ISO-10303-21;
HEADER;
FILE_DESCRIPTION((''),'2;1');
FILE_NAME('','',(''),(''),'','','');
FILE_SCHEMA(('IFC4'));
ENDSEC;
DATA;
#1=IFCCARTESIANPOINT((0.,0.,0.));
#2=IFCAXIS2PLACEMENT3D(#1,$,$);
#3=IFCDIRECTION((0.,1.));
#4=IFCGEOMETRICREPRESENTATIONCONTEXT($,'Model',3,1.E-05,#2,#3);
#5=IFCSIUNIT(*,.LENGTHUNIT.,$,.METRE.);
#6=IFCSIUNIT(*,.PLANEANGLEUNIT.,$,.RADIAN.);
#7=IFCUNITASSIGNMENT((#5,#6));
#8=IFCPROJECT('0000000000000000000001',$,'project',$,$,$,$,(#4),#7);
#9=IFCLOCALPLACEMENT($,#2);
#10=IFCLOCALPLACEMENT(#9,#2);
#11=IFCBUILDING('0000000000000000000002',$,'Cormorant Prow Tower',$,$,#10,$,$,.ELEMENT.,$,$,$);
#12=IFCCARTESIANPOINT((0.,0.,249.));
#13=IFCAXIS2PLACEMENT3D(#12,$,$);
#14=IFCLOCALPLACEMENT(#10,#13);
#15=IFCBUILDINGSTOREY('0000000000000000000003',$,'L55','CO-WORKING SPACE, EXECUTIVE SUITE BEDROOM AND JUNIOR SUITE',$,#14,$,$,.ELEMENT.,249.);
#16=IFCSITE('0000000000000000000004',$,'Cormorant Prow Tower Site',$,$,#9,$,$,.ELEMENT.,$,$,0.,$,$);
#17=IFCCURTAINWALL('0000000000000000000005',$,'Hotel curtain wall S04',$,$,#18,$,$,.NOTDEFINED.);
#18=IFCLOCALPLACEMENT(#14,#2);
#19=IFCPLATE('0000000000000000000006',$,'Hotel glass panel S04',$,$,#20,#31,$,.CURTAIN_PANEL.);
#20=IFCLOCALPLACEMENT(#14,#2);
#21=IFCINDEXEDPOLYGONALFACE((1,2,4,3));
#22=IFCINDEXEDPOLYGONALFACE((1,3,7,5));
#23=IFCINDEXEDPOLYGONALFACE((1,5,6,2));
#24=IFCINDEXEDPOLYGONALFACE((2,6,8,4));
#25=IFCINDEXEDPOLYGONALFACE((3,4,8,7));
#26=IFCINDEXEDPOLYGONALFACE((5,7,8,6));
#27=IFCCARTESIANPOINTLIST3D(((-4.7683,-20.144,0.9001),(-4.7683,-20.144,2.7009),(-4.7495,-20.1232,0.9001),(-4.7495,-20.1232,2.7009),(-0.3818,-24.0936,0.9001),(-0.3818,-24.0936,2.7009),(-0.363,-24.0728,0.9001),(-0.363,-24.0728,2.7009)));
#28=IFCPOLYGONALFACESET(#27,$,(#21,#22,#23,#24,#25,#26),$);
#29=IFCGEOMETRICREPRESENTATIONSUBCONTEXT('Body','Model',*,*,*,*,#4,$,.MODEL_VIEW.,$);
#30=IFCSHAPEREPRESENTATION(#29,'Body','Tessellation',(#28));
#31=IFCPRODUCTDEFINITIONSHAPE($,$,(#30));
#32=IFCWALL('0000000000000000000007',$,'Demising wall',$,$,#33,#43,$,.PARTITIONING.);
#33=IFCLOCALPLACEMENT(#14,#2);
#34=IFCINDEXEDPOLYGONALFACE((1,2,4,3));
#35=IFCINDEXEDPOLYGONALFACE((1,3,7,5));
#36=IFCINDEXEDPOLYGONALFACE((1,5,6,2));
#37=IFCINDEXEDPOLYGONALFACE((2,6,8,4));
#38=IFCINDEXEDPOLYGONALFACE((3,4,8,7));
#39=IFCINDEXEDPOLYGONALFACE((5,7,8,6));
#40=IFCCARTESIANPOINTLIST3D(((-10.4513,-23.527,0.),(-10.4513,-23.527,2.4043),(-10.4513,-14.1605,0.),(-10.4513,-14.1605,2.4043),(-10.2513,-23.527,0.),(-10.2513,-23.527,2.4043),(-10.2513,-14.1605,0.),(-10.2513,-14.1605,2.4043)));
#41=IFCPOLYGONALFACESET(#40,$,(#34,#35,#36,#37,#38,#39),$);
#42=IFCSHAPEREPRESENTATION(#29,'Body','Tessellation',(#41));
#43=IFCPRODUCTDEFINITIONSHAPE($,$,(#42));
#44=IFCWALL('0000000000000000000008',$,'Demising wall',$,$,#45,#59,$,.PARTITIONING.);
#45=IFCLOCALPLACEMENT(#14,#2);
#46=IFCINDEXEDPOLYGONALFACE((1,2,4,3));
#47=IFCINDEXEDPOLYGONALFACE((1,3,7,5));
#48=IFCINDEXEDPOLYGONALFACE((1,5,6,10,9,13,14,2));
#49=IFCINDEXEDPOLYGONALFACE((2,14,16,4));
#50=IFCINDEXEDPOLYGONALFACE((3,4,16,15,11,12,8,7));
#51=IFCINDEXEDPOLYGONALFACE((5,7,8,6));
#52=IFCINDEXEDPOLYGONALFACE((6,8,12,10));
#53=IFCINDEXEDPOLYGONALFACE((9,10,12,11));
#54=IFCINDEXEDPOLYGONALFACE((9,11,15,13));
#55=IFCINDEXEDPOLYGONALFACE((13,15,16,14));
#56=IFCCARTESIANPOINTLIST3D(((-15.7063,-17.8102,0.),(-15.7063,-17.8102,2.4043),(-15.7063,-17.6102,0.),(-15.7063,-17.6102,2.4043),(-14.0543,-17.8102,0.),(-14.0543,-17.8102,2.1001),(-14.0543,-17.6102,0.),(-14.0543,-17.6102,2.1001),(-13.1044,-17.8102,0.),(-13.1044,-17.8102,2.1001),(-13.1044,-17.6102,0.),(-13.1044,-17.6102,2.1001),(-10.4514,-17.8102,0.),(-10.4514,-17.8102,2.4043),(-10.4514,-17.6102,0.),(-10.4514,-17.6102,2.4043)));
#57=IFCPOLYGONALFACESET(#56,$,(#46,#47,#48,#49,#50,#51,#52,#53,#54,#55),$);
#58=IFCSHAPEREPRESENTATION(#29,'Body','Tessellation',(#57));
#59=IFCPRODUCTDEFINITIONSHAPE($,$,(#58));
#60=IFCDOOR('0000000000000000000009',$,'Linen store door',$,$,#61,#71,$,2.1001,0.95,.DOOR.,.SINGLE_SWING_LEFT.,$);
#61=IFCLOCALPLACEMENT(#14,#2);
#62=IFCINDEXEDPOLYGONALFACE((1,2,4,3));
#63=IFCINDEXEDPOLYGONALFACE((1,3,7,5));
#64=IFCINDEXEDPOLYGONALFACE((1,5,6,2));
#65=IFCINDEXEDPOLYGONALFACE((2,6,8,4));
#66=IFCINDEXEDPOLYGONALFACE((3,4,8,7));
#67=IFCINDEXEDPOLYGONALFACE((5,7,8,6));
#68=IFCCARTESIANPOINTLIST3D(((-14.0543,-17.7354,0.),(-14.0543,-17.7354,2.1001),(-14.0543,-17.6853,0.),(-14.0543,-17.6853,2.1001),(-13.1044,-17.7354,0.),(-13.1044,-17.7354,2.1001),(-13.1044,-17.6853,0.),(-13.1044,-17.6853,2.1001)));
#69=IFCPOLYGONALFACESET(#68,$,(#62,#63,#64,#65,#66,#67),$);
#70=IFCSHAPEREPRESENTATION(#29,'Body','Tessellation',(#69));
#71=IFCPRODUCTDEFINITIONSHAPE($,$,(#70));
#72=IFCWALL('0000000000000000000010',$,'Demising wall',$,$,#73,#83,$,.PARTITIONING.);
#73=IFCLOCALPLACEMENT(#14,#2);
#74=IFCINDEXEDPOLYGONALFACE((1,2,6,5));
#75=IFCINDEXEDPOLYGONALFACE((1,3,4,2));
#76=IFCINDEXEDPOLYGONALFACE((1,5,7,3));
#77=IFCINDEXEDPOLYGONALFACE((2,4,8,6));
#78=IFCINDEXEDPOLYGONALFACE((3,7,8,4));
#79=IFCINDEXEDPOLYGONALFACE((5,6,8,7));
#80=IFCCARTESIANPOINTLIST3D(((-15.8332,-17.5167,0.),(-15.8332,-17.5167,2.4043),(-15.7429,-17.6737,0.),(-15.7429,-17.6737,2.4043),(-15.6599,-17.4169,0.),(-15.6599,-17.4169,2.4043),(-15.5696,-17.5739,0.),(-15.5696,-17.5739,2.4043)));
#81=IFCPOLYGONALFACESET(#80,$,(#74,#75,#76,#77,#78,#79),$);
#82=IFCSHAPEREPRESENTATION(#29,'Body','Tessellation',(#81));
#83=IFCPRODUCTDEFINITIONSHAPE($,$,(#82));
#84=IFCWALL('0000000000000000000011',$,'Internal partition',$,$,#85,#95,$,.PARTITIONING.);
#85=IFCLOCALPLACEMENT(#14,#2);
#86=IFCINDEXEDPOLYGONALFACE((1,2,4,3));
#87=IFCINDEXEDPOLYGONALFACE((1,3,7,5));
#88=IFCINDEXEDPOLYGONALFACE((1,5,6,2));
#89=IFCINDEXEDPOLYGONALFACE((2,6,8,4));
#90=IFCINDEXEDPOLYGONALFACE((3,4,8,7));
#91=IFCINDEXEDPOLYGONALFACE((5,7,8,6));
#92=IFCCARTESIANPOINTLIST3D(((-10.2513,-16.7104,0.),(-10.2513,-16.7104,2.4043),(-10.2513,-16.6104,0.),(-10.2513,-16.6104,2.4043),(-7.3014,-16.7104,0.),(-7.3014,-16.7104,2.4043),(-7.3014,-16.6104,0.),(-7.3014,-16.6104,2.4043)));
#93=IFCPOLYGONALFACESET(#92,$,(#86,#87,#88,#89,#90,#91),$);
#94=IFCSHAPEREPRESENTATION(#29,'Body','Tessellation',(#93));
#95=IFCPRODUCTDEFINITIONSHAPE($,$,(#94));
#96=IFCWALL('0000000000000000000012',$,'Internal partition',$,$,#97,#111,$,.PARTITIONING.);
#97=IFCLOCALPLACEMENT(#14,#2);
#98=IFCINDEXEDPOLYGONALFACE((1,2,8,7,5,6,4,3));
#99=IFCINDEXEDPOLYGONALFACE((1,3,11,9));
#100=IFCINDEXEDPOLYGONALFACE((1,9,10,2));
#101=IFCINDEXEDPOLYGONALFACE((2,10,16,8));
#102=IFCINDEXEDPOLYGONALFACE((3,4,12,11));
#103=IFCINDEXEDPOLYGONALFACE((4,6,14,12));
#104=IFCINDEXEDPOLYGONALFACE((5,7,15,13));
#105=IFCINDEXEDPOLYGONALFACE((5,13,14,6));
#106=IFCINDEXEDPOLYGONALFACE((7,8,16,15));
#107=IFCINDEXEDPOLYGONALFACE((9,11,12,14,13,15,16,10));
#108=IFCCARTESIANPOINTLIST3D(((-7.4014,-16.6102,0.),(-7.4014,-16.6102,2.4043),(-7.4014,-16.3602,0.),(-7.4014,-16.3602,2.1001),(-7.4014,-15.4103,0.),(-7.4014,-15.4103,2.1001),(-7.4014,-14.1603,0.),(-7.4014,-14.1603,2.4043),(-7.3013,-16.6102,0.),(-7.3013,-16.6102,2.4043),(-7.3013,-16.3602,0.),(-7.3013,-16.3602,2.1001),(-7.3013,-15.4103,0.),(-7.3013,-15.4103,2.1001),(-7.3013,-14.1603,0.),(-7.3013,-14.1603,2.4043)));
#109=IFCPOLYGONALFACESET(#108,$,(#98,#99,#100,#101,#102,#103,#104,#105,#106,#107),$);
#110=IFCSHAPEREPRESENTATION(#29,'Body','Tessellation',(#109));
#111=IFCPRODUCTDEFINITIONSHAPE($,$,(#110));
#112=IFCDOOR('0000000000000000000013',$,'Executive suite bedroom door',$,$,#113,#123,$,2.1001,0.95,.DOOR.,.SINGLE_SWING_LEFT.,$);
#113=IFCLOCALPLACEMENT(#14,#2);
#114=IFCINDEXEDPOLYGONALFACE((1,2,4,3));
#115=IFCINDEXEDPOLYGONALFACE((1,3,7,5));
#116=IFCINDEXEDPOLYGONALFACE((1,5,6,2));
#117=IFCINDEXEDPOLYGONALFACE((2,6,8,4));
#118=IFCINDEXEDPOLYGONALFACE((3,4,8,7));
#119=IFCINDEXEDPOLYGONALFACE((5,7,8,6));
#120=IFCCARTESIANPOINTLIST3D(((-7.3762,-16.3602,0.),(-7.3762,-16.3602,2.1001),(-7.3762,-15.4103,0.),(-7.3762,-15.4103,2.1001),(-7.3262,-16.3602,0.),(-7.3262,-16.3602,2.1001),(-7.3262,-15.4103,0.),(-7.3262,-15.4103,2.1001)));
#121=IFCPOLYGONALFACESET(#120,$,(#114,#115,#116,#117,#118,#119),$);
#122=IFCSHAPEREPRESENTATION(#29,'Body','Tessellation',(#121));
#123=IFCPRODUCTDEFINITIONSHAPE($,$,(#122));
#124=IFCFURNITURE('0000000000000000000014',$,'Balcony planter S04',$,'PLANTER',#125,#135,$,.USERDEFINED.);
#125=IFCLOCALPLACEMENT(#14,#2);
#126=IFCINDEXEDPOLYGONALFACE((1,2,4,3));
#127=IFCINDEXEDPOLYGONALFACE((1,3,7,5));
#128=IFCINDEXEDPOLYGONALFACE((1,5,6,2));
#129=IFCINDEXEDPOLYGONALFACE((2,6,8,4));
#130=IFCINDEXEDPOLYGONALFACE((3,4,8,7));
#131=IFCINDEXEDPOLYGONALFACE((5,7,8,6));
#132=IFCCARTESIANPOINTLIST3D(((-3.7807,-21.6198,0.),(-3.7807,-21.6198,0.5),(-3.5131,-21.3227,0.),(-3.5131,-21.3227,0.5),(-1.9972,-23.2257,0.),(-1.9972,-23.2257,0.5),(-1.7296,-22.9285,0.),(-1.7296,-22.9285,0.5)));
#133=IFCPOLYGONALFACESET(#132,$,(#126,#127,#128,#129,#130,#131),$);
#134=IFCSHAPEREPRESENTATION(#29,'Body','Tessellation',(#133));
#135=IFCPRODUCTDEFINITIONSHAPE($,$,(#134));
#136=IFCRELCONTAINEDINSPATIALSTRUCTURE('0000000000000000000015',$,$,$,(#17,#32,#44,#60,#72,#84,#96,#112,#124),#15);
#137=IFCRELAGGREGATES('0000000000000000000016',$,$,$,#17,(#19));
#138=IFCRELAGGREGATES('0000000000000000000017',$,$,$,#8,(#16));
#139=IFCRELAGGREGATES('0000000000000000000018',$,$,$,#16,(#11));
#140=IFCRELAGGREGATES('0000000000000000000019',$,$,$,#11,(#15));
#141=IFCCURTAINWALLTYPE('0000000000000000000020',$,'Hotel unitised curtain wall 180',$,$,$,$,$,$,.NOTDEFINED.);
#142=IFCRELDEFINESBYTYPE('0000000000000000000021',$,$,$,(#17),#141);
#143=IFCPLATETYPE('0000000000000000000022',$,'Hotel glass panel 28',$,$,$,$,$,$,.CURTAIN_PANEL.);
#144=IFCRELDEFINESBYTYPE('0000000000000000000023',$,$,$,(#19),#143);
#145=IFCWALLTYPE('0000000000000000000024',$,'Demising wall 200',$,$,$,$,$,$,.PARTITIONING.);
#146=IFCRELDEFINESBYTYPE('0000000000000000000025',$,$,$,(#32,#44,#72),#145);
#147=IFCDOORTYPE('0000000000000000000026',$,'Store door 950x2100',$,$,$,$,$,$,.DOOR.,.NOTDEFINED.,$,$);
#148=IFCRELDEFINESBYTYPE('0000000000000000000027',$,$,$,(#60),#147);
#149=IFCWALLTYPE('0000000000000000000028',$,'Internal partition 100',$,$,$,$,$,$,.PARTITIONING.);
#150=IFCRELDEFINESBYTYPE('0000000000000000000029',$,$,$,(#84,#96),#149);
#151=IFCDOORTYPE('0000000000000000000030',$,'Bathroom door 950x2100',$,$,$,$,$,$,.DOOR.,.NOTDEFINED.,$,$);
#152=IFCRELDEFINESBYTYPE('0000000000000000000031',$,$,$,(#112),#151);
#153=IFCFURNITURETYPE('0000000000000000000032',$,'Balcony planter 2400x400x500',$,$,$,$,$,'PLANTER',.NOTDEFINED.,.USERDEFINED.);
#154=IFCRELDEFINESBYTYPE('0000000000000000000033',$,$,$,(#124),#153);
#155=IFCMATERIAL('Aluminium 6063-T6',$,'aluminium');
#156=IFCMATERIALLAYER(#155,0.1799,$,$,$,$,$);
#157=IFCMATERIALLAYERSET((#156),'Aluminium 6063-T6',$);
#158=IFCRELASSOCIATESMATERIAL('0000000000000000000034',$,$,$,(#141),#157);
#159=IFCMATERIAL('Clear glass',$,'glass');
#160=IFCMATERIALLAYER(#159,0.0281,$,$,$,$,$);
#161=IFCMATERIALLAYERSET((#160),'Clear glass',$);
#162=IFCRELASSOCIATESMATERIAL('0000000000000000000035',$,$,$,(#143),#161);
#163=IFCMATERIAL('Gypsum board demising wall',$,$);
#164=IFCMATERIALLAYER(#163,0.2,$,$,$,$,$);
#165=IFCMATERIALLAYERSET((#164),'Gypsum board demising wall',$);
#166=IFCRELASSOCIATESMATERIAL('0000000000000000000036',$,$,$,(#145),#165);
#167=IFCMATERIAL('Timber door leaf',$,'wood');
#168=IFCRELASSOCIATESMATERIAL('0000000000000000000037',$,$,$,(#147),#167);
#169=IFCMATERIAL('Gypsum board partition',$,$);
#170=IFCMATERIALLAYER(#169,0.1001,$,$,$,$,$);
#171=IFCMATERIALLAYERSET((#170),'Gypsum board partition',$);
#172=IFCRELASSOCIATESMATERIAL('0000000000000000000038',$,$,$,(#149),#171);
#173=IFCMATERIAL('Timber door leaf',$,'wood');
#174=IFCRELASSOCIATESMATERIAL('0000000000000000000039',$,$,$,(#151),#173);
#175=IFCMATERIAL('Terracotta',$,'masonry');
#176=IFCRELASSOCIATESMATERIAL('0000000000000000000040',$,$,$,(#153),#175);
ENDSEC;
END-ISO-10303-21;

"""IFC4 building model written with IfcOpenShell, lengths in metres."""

from ifc_helpers import new_model, si_unit, direction, frame, frame_2d, origin, origin_2d, place, context, subcontext, project, spatial, rectangle, extrude, material, layer, layer_set, type_object, element, fill, aggregate, save


model = new_model("IFC4")

# Units and contexts
model_context = context("Model", 3, precision=1e-05, world=origin(), true_north=direction((0.0, 1.0)))
body_context = subcontext(model_context, "Body", "Model", "MODEL_VIEW")
ifc_project = project(units=[si_unit("LENGTHUNIT", "METRE"), si_unit("PLANEANGLEUNIT", "RADIAN")], contexts=[model_context])

# Site, building, storey
site_placement = place(None, origin())
site = spatial("IfcSite", under=ifc_project, at=site_placement, Name="Cormorant Prow Tower Site", CompositionType="ELEMENT", RefElevation=0.0)
building_placement = place(site_placement, origin())
building = spatial("IfcBuilding", under=site, at=building_placement, Name="Cormorant Prow Tower", CompositionType="ELEMENT")
storey_placement = place(building_placement, frame((0.0, 0.0, 249.0)))
storey = spatial("IfcBuildingStorey", under=building, at=storey_placement, Name="L55", Description="CO-WORKING SPACE, EXECUTIVE SUITE BEDROOM AND JUNIOR SUITE", CompositionType="ELEMENT", Elevation=249.0)

# Curtain wall
ifc_material_1 = material(Name="Aluminium 6063-T6", Category="aluminium")
ifc_layer_1 = layer(ifc_material_1, 0.1799)
ifc_layer_set_1 = layer_set([ifc_layer_1], Name="Aluminium 6063-T6")
curtain_wall_type = type_object("IfcCurtainWallType", Name="Hotel unitised curtain wall 180", PredefinedType="NOTDEFINED", material=ifc_layer_set_1)
curtain_wall_1_placement = place(storey_placement, origin())
curtain_wall_1 = element("IfcCurtainWall", 1, at=curtain_wall_1_placement, inside=storey, type_object=curtain_wall_type, Name="Hotel curtain wall S04", PredefinedType="NOTDEFINED")

# Plate
ifc_material_2 = material(Name="Clear glass", Category="glass")
ifc_layer_2 = layer(ifc_material_2, 0.0281)
ifc_layer_set_2 = layer_set([ifc_layer_2], Name="Clear glass")
plate_type = type_object("IfcPlateType", Name="Hotel glass panel 28", PredefinedType="CURTAIN_PANEL", material=ifc_layer_set_2)
plate_1_placement = place(storey_placement, frame((-2.5657, -22.1084, 0.9001), z_axis=(0.0, 0.0, 1.0), x_axis=(0.743145, -0.669131, 0.0)))
plate_1 = element("IfcPlate", 2, at=plate_1_placement, type_object=plate_type, Name="Hotel glass panel S04", PredefinedType="CURTAIN_PANEL", context=body_context, shape_type="SweptSolid", body=[
    extrude(rectangle(XDim=5.9026, YDim=0.0281, at=origin_2d()), origin(), (0.0, 0.0, 1.0), 1.8008),
])
aggregate(curtain_wall_1, [plate_1])

# Wall
ifc_material_3 = material(Name="Gypsum board demising wall")
ifc_layer_3 = layer(ifc_material_3, 0.2)
ifc_layer_set_3 = layer_set([ifc_layer_3], Name="Gypsum board demising wall")
wall_type_1 = type_object("IfcWallType", Name="Demising wall 200", PredefinedType="PARTITIONING", material=ifc_layer_set_3)
wall_1_placement = place(storey_placement, frame((-10.3513, -23.5269, 0.0), z_axis=(0.0, 0.0, 1.0), x_axis=(0.0, 1.0, 0.0)))
element("IfcWall", 3, at=wall_1_placement, inside=storey, type_object=wall_type_1, Name="Demising wall", PredefinedType="PARTITIONING", context=body_context, shape_type="SweptSolid", body=[
    extrude(rectangle(XDim=9.3665, YDim=0.2, at=frame_2d((4.6831, 0.0))), origin(), (0.0, 0.0, 1.0), 2.4043),
])

# Wall, opening, door
wall_2_placement = place(storey_placement, frame((-15.7063, -17.7102, 0.0), z_axis=(0.0, 0.0, 1.0), x_axis=(1.0, 0.0, 0.0)))
wall_2 = element("IfcWall", 4, at=wall_2_placement, inside=storey, type_object=wall_type_1, Name="Demising wall", PredefinedType="PARTITIONING", context=body_context, shape_type="SweptSolid", body=[
    extrude(rectangle(XDim=5.2549, YDim=0.2, at=frame_2d((2.6274, 0.0))), origin(), (0.0, 0.0, 1.0), 2.4043),
])
opening_1_placement = place(wall_2_placement, frame((1.6519, 0.0, 0.0)))
opening_1 = element("IfcOpeningElement", 5, at=opening_1_placement, cuts=wall_2, PredefinedType="OPENING", context=body_context, shape_type="SweptSolid", body=[
    extrude(rectangle(XDim=0.95, YDim=2.1001, at=frame_2d((0.4751, 1.05))), frame((0.0, 0.1099, 0.0), z_axis=(0.0, -1.0, 0.0), x_axis=(1.0, 0.0, 0.0)), (0.0, 0.0, 1.0), 0.22),
])
ifc_material_4 = material(Name="Timber door leaf", Category="wood")
door_type_1 = type_object("IfcDoorType", Name="Store door 950x2100", OperationType="NOTDEFINED", PredefinedType="DOOR", material=ifc_material_4)
door_1_placement = place(opening_1_placement, origin())
door_1 = element("IfcDoor", 6, at=door_1_placement, inside=storey, type_object=door_type_1, Name="Linen store door", OperationType="SINGLE_SWING_LEFT", OverallHeight=2.1001, OverallWidth=0.95, PredefinedType="DOOR", context=body_context, shape_type="SweptSolid", body=[
    extrude(rectangle(XDim=0.95, YDim=2.1001, at=frame_2d((0.4751, 1.05))), frame((0.0, 0.0249, 0.0), z_axis=(0.0, -1.0, 0.0), x_axis=(1.0, 0.0, 0.0)), (0.0, 0.0, 1.0), 0.05),
])
fill(opening_1, door_1)

# Walls
wall_3_placement = place(storey_placement, frame((-15.7466, -17.4668, 0.0), z_axis=(0.0, 0.0, 1.0), x_axis=(0.49875, -0.866746, 0.0)))
element("IfcWall", 7, at=wall_3_placement, inside=storey, type_object=wall_type_1, Name="Demising wall", PredefinedType="PARTITIONING", context=body_context, shape_type="SweptSolid", body=[
    extrude(rectangle(XDim=0.1812, YDim=0.2, at=frame_2d((0.0906, 0.0))), origin(), (0.0, 0.0, 1.0), 2.4043),
])
ifc_material_5 = material(Name="Gypsum board partition")
ifc_layer_4 = layer(ifc_material_5, 0.1001)
ifc_layer_set_4 = layer_set([ifc_layer_4], Name="Gypsum board partition")
wall_type_2 = type_object("IfcWallType", Name="Internal partition 100", PredefinedType="PARTITIONING", material=ifc_layer_set_4)
wall_4_placement = place(storey_placement, frame((-10.2515, -16.6604, 0.0), z_axis=(0.0, 0.0, 1.0), x_axis=(1.0, 0.0, 0.0)))
element("IfcWall", 8, at=wall_4_placement, inside=storey, type_object=wall_type_2, Name="Internal partition", PredefinedType="PARTITIONING", context=body_context, shape_type="SweptSolid", body=[
    extrude(rectangle(XDim=2.95, YDim=0.1001, at=frame_2d((1.4751, 0.0))), origin(), (0.0, 0.0, 1.0), 2.4043),
])

# Wall, opening, door
wall_5_placement = place(storey_placement, frame((-7.3513, -16.6104, 0.0), z_axis=(0.0, 0.0, 1.0), x_axis=(0.0, 1.0, 0.0)))
wall_5 = element("IfcWall", 9, at=wall_5_placement, inside=storey, type_object=wall_type_2, Name="Internal partition", PredefinedType="PARTITIONING", context=body_context, shape_type="SweptSolid", body=[
    extrude(rectangle(XDim=2.45, YDim=0.1001, at=frame_2d((1.2251, 0.0))), origin(), (0.0, 0.0, 1.0), 2.4043),
])
opening_2_placement = place(wall_5_placement, frame((0.25, 0.0, 0.0)))
opening_2 = element("IfcOpeningElement", 10, at=opening_2_placement, cuts=wall_5, PredefinedType="OPENING", context=body_context, shape_type="SweptSolid", body=[
    extrude(rectangle(XDim=0.95, YDim=2.1001, at=frame_2d((0.4751, 1.05))), frame((0.0, 0.0601, 0.0), z_axis=(0.0, -1.0, 0.0), x_axis=(1.0, 0.0, 0.0)), (0.0, 0.0, 1.0), 0.1201),
])
ifc_material_6 = material(Name="Timber door leaf", Category="wood")
door_type_2 = type_object("IfcDoorType", Name="Bathroom door 950x2100", OperationType="NOTDEFINED", PredefinedType="DOOR", material=ifc_material_6)
door_2_placement = place(opening_2_placement, origin())
door_2 = element("IfcDoor", 11, at=door_2_placement, inside=storey, type_object=door_type_2, Name="Executive suite bedroom door", OperationType="SINGLE_SWING_LEFT", OverallHeight=2.1001, OverallWidth=0.95, PredefinedType="DOOR", context=body_context, shape_type="SweptSolid", body=[
    extrude(rectangle(XDim=0.95, YDim=2.1001, at=frame_2d((0.4751, 1.05))), frame((0.0, 0.0249, 0.0), z_axis=(0.0, -1.0, 0.0), x_axis=(1.0, 0.0, 0.0)), (0.0, 0.0, 1.0), 0.05),
])
fill(opening_2, door_2)

# Furniture
ifc_material_7 = material(Name="Terracotta", Category="masonry")
furniture_type = type_object("IfcFurnitureType", Name="Balcony planter 2400x400x500", ElementType="PLANTER", AssemblyPlace="NOTDEFINED", PredefinedType="USERDEFINED", material=ifc_material_7)
furniture_placement = place(storey_placement, frame((-2.7551, -22.2742, 0.0), z_axis=(0.0, 0.0, 1.0), x_axis=(0.743145, -0.669131, 0.0)))
element("IfcFurniture", 12, at=furniture_placement, inside=storey, type_object=furniture_type, Name="Balcony planter S04", ObjectType="PLANTER", PredefinedType="USERDEFINED", context=body_context, shape_type="SweptSolid", body=[
    extrude(rectangle(XDim=2.3999, YDim=0.3999, at=origin_2d()), origin(), (0.0, 0.0, 1.0), 0.5),
])

save(model, "model.ifc")
